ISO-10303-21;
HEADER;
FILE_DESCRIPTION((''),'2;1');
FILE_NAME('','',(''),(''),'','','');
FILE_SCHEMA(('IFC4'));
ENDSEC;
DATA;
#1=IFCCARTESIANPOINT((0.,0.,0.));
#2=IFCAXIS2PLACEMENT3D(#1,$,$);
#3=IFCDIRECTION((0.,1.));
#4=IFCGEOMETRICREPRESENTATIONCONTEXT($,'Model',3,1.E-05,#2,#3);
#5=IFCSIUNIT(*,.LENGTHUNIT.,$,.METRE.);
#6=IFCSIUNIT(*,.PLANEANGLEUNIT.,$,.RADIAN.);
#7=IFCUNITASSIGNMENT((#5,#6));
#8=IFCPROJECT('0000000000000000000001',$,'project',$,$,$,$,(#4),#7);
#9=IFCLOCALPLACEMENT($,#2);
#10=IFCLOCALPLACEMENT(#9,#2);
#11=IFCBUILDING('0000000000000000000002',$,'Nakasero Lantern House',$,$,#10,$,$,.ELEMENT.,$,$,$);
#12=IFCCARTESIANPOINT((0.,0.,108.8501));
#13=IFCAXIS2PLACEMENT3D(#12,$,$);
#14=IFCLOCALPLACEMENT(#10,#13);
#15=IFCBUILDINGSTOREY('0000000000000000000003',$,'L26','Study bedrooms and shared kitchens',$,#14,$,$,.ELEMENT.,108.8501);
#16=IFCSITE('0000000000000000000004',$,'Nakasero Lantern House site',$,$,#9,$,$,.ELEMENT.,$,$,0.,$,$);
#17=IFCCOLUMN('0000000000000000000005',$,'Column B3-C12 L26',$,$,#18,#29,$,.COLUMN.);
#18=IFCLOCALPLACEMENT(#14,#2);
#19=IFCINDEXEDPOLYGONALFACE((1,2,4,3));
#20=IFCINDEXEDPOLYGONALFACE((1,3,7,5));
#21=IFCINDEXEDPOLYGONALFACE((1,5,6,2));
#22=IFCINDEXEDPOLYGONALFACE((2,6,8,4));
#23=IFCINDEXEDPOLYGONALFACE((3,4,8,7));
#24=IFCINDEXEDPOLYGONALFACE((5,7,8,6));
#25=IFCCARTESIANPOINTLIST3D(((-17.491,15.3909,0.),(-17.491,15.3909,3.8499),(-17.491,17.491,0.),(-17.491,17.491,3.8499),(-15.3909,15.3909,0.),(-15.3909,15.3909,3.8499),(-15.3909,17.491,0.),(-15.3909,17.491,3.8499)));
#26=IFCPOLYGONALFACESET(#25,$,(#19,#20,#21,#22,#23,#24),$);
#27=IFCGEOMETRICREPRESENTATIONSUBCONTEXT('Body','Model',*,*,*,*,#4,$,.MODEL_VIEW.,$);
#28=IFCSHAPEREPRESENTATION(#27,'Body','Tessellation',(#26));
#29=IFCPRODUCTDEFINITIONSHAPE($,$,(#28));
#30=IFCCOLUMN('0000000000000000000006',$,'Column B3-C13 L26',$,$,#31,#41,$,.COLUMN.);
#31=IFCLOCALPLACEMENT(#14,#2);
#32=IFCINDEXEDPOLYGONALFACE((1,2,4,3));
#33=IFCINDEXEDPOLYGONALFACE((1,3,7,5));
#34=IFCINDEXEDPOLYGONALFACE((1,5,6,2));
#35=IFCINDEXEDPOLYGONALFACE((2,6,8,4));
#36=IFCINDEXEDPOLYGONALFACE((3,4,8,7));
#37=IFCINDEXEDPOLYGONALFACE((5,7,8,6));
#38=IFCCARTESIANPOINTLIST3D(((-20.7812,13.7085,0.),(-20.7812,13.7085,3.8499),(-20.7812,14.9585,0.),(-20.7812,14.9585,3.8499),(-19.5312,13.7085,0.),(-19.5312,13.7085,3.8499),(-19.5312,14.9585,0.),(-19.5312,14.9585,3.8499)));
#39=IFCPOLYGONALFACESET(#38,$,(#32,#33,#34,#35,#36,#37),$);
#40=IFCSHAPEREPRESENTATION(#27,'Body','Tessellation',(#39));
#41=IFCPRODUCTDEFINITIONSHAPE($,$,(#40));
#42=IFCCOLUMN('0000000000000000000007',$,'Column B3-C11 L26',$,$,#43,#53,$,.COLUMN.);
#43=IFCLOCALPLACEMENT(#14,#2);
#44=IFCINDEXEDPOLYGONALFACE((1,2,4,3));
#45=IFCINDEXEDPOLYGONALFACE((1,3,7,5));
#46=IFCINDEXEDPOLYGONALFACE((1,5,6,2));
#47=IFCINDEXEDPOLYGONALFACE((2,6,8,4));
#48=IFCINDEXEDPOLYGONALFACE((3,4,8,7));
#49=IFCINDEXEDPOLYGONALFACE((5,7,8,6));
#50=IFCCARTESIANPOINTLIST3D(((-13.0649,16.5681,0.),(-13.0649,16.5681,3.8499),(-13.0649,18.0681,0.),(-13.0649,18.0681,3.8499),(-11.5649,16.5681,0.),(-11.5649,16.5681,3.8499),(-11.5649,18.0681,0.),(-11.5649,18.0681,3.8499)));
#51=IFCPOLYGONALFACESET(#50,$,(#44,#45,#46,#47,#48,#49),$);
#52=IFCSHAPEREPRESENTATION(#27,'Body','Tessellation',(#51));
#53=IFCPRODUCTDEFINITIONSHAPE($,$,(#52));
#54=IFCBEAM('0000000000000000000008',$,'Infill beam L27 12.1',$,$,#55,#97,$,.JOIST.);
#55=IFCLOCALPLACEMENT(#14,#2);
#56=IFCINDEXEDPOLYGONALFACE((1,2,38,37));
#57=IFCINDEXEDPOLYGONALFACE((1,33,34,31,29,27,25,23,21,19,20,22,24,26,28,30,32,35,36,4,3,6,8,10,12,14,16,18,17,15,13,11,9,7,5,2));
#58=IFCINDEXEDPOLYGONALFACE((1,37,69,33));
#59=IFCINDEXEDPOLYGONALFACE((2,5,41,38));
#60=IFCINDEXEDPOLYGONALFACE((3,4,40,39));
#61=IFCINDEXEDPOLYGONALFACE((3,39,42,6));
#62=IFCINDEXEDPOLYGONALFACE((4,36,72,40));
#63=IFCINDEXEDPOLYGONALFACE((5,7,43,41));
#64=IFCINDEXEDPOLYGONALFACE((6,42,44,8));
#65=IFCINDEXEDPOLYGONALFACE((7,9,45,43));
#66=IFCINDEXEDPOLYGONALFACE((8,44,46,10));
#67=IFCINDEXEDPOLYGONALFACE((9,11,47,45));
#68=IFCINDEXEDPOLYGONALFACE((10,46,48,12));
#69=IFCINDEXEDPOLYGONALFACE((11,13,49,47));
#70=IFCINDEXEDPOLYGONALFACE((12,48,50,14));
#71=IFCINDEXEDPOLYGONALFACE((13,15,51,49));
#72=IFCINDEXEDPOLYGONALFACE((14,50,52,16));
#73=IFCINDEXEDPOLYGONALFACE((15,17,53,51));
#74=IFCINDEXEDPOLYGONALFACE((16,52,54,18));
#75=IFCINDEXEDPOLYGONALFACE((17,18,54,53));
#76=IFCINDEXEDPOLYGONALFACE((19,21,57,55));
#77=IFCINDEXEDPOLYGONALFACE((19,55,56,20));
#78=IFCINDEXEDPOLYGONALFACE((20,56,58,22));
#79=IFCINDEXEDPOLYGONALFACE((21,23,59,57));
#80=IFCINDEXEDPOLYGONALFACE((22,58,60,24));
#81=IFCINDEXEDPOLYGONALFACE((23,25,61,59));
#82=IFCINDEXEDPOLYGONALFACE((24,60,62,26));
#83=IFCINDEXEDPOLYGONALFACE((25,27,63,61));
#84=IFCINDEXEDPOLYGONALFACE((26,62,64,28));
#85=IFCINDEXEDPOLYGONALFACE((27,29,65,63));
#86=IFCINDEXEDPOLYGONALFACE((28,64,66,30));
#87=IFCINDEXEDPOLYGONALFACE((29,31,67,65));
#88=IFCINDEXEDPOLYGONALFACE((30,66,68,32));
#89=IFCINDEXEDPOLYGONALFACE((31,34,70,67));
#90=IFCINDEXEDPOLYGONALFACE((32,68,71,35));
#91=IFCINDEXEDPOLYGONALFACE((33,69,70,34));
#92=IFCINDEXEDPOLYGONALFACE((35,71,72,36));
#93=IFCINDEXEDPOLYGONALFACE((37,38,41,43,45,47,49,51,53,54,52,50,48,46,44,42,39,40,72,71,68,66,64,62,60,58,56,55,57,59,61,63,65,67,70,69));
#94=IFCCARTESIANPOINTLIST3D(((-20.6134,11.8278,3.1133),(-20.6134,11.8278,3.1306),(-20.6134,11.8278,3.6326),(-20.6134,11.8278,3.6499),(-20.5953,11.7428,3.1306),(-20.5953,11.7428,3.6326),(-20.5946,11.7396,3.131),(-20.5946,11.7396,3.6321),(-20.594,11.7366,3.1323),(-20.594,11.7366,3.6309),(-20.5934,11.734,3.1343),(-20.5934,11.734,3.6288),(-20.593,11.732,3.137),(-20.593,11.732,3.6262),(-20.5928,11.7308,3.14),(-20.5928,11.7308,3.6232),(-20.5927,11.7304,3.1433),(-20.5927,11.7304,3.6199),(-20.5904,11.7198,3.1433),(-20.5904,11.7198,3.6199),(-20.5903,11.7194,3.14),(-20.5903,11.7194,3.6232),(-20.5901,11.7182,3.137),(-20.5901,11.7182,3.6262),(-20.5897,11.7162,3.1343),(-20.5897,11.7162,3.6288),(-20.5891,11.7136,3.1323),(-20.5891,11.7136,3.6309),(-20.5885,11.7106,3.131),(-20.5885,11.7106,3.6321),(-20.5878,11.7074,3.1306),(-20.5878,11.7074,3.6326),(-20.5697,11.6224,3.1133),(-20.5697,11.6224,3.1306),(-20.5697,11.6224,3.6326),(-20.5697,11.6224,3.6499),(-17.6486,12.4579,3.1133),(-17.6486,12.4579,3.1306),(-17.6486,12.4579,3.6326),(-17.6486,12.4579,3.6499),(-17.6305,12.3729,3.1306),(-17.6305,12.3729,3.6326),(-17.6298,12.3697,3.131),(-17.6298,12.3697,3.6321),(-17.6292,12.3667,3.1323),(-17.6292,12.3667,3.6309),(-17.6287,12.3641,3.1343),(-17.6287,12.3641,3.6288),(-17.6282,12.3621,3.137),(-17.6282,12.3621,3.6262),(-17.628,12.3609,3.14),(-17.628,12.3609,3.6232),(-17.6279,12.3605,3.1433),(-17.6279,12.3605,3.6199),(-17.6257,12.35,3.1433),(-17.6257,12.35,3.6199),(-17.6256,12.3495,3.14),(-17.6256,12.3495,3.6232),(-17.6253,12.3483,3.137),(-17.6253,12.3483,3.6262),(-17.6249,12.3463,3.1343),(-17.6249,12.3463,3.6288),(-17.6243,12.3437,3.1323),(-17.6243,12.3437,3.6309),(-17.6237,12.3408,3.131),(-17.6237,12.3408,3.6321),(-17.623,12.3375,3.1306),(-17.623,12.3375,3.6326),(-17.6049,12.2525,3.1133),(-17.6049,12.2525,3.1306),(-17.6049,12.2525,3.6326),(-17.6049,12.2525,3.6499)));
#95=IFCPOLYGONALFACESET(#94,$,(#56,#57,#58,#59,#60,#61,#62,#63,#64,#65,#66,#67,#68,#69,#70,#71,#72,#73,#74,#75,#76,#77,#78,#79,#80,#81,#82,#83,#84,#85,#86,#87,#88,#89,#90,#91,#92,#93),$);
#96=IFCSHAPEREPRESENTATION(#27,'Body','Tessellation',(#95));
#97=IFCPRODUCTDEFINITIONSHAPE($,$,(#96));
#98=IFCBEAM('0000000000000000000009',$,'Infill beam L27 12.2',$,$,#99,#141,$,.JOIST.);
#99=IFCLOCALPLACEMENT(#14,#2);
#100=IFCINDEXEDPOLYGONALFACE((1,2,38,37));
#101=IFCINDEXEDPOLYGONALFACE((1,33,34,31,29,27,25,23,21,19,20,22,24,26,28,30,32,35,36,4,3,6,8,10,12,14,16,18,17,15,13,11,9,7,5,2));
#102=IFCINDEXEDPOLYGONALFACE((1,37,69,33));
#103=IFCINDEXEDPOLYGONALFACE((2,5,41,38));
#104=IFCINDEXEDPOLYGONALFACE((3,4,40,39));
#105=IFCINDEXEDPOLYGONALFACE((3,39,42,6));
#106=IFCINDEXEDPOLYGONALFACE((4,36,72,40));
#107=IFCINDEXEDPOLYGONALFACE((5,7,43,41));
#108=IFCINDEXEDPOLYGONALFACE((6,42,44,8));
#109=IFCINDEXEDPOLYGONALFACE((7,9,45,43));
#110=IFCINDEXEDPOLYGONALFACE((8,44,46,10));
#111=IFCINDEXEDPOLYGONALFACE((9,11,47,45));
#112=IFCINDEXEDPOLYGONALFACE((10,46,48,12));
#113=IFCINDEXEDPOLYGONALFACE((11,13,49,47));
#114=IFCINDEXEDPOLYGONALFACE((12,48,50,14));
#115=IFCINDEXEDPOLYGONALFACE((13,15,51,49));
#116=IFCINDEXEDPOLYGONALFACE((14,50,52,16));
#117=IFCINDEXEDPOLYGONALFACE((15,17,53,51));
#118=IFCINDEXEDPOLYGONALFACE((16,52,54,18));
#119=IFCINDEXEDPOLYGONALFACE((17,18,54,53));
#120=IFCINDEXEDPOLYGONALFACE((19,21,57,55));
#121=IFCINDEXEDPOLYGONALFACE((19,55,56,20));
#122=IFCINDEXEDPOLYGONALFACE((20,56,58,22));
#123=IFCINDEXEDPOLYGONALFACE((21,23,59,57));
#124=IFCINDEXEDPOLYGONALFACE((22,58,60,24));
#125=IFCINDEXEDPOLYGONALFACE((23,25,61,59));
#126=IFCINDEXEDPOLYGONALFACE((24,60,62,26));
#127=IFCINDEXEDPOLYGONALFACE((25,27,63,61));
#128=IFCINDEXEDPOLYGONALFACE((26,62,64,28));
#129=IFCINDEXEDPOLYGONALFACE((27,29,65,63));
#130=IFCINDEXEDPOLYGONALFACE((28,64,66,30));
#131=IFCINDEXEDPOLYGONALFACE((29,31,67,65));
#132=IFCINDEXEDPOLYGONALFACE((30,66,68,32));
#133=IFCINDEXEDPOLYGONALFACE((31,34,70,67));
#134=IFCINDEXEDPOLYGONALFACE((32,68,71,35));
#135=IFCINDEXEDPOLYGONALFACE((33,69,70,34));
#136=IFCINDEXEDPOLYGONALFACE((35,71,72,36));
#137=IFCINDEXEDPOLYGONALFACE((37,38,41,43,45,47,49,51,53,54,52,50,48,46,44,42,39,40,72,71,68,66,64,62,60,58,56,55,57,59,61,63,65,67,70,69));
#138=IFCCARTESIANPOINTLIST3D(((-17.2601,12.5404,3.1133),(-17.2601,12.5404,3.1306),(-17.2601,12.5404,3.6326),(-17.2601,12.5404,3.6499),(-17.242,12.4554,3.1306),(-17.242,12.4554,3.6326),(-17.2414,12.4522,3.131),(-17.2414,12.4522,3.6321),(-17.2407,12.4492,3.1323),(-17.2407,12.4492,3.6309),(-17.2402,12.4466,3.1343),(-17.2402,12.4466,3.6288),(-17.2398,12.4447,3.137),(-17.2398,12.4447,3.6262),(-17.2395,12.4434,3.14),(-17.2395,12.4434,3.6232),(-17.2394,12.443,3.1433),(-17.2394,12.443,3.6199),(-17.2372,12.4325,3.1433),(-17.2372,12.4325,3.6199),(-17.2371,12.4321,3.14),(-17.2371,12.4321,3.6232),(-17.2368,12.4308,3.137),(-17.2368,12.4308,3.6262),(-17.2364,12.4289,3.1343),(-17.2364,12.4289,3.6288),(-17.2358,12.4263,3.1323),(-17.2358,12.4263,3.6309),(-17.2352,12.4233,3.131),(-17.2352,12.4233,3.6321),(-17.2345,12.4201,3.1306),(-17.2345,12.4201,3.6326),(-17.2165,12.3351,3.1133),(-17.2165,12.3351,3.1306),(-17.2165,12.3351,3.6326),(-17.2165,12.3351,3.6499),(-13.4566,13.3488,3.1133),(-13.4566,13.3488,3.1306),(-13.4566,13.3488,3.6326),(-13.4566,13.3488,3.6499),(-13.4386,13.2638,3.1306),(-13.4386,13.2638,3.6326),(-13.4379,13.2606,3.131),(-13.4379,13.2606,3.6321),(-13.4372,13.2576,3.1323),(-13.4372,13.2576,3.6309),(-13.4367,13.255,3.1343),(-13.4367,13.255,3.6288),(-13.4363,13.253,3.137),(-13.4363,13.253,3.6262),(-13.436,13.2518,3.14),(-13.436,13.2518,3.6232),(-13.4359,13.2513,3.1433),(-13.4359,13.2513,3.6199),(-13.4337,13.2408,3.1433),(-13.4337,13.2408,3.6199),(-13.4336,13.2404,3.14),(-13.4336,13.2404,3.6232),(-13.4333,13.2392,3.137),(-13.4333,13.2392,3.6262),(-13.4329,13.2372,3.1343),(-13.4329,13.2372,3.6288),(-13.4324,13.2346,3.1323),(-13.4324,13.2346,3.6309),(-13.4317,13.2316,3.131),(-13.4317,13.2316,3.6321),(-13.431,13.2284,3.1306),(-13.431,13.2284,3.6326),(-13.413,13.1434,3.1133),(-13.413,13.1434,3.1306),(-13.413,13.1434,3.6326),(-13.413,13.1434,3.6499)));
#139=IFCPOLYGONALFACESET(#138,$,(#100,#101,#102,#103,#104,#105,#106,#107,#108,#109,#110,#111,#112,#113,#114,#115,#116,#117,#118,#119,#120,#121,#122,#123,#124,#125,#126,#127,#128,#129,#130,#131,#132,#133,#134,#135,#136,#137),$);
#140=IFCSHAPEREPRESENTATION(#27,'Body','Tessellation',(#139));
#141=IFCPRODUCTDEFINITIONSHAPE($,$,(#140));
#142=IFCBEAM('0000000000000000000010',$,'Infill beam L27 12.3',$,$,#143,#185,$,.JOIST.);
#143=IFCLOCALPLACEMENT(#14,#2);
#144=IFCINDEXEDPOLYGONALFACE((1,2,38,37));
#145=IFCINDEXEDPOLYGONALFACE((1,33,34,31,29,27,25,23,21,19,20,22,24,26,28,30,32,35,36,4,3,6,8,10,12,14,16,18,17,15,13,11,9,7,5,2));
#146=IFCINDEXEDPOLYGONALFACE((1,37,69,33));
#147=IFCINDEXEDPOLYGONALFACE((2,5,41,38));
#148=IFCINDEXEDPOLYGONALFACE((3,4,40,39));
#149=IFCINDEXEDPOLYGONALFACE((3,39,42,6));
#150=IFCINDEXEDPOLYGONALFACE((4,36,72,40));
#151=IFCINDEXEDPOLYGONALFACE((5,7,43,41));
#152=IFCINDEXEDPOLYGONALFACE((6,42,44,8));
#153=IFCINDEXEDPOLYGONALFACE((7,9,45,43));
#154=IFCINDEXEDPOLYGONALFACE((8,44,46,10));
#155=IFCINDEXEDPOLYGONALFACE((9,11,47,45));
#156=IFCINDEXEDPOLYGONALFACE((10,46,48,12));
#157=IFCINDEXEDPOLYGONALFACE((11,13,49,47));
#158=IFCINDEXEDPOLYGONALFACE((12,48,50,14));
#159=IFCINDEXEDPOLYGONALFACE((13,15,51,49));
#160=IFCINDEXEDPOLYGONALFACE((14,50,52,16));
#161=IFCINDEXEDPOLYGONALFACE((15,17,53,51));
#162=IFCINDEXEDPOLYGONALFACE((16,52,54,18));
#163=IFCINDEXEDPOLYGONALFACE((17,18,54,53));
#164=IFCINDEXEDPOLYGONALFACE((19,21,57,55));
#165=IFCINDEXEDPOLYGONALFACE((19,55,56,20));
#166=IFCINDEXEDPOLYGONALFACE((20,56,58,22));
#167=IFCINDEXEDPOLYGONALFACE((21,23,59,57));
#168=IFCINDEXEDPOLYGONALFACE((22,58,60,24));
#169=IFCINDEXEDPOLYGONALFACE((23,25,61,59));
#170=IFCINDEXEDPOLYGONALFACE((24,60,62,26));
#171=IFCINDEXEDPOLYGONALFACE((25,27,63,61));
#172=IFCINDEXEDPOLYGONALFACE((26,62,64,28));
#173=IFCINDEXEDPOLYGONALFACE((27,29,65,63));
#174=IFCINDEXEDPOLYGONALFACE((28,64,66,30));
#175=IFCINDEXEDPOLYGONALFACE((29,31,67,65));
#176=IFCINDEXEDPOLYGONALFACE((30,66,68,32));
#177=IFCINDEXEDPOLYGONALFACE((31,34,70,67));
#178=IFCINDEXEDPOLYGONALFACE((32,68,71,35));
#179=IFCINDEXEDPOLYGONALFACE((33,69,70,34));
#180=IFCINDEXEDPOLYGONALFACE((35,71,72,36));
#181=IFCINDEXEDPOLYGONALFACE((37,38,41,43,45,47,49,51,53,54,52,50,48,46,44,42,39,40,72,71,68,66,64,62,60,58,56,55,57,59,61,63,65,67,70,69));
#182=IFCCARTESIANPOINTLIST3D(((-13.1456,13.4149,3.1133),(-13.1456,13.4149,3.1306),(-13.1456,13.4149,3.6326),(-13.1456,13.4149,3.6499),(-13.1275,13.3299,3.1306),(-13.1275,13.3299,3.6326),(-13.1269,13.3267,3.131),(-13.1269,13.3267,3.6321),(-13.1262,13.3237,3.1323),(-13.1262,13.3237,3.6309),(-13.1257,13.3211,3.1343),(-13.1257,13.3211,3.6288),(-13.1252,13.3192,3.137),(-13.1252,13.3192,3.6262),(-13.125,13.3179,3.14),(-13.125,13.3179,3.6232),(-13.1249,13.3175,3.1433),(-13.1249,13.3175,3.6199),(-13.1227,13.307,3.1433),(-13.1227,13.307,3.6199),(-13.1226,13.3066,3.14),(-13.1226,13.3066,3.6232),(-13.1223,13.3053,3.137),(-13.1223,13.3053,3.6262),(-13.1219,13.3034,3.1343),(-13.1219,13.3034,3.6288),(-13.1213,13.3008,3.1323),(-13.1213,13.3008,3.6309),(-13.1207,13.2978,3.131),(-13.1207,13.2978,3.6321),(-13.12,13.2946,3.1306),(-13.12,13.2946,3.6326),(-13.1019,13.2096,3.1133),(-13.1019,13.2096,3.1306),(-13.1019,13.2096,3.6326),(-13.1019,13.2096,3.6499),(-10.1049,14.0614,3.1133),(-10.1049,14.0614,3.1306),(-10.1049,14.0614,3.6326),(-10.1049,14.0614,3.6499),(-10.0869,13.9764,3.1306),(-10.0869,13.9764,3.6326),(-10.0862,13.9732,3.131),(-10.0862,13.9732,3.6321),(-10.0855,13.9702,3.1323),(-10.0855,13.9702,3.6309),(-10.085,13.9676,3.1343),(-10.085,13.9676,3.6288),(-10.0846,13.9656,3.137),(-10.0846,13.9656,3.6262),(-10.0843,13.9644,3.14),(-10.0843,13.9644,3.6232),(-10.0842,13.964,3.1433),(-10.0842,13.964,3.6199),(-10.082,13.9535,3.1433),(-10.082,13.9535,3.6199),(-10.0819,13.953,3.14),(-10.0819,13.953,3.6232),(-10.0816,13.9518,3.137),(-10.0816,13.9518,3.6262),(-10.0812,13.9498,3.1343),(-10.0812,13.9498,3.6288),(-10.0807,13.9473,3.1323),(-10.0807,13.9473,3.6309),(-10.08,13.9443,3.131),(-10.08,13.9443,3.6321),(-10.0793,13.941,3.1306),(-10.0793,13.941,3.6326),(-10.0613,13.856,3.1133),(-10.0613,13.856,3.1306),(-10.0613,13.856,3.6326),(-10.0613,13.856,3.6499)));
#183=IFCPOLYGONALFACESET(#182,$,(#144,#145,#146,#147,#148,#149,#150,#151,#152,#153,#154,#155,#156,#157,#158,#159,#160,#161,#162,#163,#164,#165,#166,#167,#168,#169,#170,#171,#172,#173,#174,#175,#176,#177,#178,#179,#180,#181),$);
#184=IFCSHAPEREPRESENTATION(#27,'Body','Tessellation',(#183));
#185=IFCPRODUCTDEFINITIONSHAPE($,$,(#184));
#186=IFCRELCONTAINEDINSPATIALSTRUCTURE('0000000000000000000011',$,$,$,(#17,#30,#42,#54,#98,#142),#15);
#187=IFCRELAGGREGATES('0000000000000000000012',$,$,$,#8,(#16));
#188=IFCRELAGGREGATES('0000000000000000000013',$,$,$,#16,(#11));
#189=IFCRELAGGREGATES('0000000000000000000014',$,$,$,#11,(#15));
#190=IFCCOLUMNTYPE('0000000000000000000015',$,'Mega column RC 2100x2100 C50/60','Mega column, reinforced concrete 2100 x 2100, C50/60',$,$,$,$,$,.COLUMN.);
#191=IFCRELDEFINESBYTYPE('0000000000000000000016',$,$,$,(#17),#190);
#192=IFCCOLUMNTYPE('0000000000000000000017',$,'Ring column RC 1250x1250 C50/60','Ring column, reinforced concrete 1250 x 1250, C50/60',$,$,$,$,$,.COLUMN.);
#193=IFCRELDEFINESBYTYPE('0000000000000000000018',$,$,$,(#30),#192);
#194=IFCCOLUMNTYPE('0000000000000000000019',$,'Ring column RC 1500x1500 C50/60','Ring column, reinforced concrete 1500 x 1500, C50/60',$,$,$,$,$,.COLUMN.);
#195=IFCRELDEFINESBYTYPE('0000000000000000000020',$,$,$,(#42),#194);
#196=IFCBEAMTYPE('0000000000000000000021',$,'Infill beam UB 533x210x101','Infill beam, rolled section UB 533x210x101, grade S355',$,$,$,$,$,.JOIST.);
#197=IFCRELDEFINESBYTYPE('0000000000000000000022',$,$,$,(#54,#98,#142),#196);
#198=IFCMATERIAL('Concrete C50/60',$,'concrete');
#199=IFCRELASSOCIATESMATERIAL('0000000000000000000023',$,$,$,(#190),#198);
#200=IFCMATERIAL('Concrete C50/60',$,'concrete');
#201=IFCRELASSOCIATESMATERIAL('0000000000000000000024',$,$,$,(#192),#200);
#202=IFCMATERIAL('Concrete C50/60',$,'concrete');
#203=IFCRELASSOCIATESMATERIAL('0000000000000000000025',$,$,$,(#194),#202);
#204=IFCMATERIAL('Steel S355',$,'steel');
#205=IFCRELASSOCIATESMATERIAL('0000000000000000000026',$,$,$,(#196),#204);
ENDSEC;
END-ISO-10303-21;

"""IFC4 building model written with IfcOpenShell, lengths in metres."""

from ifc_helpers import new_model, si_unit, direction, frame, origin, origin_2d, place, context, subcontext, project, spatial, rectangle, i_section, extrude, material, material_profile, profile_set, type_object, element, save


model = new_model("IFC4")

# Units and contexts
model_context = context("Model", 3, precision=1e-05, world=origin(), true_north=direction((0.0, 1.0)))
body_context = subcontext(model_context, "Body", "Model", "MODEL_VIEW")
ifc_project = project(units=[si_unit("LENGTHUNIT", "METRE"), si_unit("PLANEANGLEUNIT", "RADIAN")], contexts=[model_context])

# Site, building, storey
site_placement = place(None, origin())
site = spatial("IfcSite", under=ifc_project, at=site_placement, Name="Nakasero Lantern House site", CompositionType="ELEMENT", RefElevation=0.0)
building_placement = place(site_placement, origin())
building = spatial("IfcBuilding", under=site, at=building_placement, Name="Nakasero Lantern House", CompositionType="ELEMENT")
storey_placement = place(building_placement, frame((0.0, 0.0, 108.8501)))
storey = spatial("IfcBuildingStorey", under=building, at=storey_placement, Name="L26", Description="Study bedrooms and shared kitchens", CompositionType="ELEMENT", Elevation=108.8501)

# Columns
ifc_material_1 = material(Name="Concrete C50/60", Category="concrete")
ifc_material_profile_1 = material_profile(ifc_material_1, rectangle(XDim=2.1001, YDim=2.1001, at=origin_2d()), Name="RC 2100x2100")
ifc_profile_set_1 = profile_set([ifc_material_profile_1], Name="Concrete C50/60")
column_type_1 = type_object("IfcColumnType", Name="Mega column RC 2100x2100 C50/60", Description="Mega column, reinforced concrete 2100 x 2100, C50/60", PredefinedType="COLUMN", material=ifc_profile_set_1)
column_1_placement = place(storey_placement, frame((-16.4409, 16.4409, 0.0), z_axis=(0.0, 0.0, 1.0), x_axis=(1.0, 0.0, 0.0)))
element("IfcColumn", 1, at=column_1_placement, inside=storey, type_object=column_type_1, Name="Column B3-C12 L26", PredefinedType="COLUMN", context=body_context, shape_type="SweptSolid", body=[
    extrude(rectangle(XDim=2.1001, YDim=2.1001, at=origin_2d()), origin(), (0.0, 0.0, 1.0), 3.8499),
])
ifc_material_2 = material(Name="Concrete C50/60", Category="concrete")
ifc_material_profile_2 = material_profile(ifc_material_2, rectangle(XDim=1.25, YDim=1.25, at=origin_2d()), Name="RC 1250x1250")
ifc_profile_set_2 = profile_set([ifc_material_profile_2], Name="Concrete C50/60")
column_type_2 = type_object("IfcColumnType", Name="Ring column RC 1250x1250 C50/60", Description="Ring column, reinforced concrete 1250 x 1250, C50/60", PredefinedType="COLUMN", material=ifc_profile_set_2)
column_2_placement = place(storey_placement, frame((-20.1562, 14.3335, 0.0), z_axis=(0.0, 0.0, 1.0), x_axis=(1.0, 0.0, 0.0)))
element("IfcColumn", 2, at=column_2_placement, inside=storey, type_object=column_type_2, Name="Column B3-C13 L26", PredefinedType="COLUMN", context=body_context, shape_type="SweptSolid", body=[
    extrude(rectangle(XDim=1.25, YDim=1.25, at=origin_2d()), origin(), (0.0, 0.0, 1.0), 3.8499),
])
ifc_material_3 = material(Name="Concrete C50/60", Category="concrete")
ifc_material_profile_3 = material_profile(ifc_material_3, rectangle(XDim=1.5, YDim=1.5, at=origin_2d()), Name="RC 1500x1500")
ifc_profile_set_3 = profile_set([ifc_material_profile_3], Name="Concrete C50/60")
column_type_3 = type_object("IfcColumnType", Name="Ring column RC 1500x1500 C50/60", Description="Ring column, reinforced concrete 1500 x 1500, C50/60", PredefinedType="COLUMN", material=ifc_profile_set_3)
column_3_placement = place(storey_placement, frame((-12.3149, 17.3181, 0.0), z_axis=(0.0, 0.0, 1.0), x_axis=(1.0, 0.0, 0.0)))
element("IfcColumn", 3, at=column_3_placement, inside=storey, type_object=column_type_3, Name="Column B3-C11 L26", PredefinedType="COLUMN", context=body_context, shape_type="SweptSolid", body=[
    extrude(rectangle(XDim=1.5, YDim=1.5, at=origin_2d()), origin(), (0.0, 0.0, 1.0), 3.8499),
])

# Beams
ifc_material_4 = material(Name="Steel S355", Category="steel")
ifc_material_profile_4 = material_profile(ifc_material_4, i_section(OverallWidth=0.21, OverallDepth=0.5366, WebThickness=0.0107, FlangeThickness=0.0173, FilletRadius=0.0127, at=origin_2d()), Name="UB 533x210x101")
ifc_profile_set_4 = profile_set([ifc_material_profile_4], Name="Steel S355")
beam_type_1 = type_object("IfcBeamType", Name="Infill beam UB 533x210x101", Description="Infill beam, rolled section UB 533x210x101, grade S355", PredefinedType="JOIST", material=ifc_profile_set_4)
beam_1_placement = place(storey_placement, frame((-20.5916, 11.7251, 3.3816), z_axis=(0.978152, 0.20789, 0.0), x_axis=(-0.20789, 0.978152, 0.0)))
element("IfcBeam", 4, at=beam_1_placement, inside=storey, type_object=beam_type_1, Name="Infill beam L27 12.1", PredefinedType="JOIST", context=body_context, shape_type="SweptSolid", body=[
    extrude(i_section(OverallWidth=0.21, OverallDepth=0.5366, WebThickness=0.0107, FlangeThickness=0.0173, FilletRadius=0.0127, at=origin_2d()), origin(), (0.0, 0.0, 1.0), 3.031),
])
beam_2_placement = place(storey_placement, frame((-17.2383, 12.4377, 3.3816), z_axis=(0.978153, 0.207887, 0.0), x_axis=(-0.207887, 0.978153, 0.0)))
element("IfcBeam", 5, at=beam_2_placement, inside=storey, type_object=beam_type_1, Name="Infill beam L27 12.2", PredefinedType="JOIST", context=body_context, shape_type="SweptSolid", body=[
    extrude(i_section(OverallWidth=0.21, OverallDepth=0.5366, WebThickness=0.0107, FlangeThickness=0.0173, FilletRadius=0.0127, at=origin_2d()), origin(), (0.0, 0.0, 1.0), 3.8884),
])
beam_3_placement = place(storey_placement, frame((-13.1238, 13.3123, 3.3816), z_axis=(0.978138, 0.207957, 0.0), x_axis=(-0.207957, 0.978138, 0.0)))
element("IfcBeam", 6, at=beam_3_placement, inside=storey, type_object=beam_type_1, Name="Infill beam L27 12.3", PredefinedType="JOIST", context=body_context, shape_type="SweptSolid", body=[
    extrude(i_section(OverallWidth=0.21, OverallDepth=0.5366, WebThickness=0.0107, FlangeThickness=0.0173, FilletRadius=0.0127, at=origin_2d()), origin(), (0.0, 0.0, 1.0), 3.1086),
])

save(model, "model.ifc")
